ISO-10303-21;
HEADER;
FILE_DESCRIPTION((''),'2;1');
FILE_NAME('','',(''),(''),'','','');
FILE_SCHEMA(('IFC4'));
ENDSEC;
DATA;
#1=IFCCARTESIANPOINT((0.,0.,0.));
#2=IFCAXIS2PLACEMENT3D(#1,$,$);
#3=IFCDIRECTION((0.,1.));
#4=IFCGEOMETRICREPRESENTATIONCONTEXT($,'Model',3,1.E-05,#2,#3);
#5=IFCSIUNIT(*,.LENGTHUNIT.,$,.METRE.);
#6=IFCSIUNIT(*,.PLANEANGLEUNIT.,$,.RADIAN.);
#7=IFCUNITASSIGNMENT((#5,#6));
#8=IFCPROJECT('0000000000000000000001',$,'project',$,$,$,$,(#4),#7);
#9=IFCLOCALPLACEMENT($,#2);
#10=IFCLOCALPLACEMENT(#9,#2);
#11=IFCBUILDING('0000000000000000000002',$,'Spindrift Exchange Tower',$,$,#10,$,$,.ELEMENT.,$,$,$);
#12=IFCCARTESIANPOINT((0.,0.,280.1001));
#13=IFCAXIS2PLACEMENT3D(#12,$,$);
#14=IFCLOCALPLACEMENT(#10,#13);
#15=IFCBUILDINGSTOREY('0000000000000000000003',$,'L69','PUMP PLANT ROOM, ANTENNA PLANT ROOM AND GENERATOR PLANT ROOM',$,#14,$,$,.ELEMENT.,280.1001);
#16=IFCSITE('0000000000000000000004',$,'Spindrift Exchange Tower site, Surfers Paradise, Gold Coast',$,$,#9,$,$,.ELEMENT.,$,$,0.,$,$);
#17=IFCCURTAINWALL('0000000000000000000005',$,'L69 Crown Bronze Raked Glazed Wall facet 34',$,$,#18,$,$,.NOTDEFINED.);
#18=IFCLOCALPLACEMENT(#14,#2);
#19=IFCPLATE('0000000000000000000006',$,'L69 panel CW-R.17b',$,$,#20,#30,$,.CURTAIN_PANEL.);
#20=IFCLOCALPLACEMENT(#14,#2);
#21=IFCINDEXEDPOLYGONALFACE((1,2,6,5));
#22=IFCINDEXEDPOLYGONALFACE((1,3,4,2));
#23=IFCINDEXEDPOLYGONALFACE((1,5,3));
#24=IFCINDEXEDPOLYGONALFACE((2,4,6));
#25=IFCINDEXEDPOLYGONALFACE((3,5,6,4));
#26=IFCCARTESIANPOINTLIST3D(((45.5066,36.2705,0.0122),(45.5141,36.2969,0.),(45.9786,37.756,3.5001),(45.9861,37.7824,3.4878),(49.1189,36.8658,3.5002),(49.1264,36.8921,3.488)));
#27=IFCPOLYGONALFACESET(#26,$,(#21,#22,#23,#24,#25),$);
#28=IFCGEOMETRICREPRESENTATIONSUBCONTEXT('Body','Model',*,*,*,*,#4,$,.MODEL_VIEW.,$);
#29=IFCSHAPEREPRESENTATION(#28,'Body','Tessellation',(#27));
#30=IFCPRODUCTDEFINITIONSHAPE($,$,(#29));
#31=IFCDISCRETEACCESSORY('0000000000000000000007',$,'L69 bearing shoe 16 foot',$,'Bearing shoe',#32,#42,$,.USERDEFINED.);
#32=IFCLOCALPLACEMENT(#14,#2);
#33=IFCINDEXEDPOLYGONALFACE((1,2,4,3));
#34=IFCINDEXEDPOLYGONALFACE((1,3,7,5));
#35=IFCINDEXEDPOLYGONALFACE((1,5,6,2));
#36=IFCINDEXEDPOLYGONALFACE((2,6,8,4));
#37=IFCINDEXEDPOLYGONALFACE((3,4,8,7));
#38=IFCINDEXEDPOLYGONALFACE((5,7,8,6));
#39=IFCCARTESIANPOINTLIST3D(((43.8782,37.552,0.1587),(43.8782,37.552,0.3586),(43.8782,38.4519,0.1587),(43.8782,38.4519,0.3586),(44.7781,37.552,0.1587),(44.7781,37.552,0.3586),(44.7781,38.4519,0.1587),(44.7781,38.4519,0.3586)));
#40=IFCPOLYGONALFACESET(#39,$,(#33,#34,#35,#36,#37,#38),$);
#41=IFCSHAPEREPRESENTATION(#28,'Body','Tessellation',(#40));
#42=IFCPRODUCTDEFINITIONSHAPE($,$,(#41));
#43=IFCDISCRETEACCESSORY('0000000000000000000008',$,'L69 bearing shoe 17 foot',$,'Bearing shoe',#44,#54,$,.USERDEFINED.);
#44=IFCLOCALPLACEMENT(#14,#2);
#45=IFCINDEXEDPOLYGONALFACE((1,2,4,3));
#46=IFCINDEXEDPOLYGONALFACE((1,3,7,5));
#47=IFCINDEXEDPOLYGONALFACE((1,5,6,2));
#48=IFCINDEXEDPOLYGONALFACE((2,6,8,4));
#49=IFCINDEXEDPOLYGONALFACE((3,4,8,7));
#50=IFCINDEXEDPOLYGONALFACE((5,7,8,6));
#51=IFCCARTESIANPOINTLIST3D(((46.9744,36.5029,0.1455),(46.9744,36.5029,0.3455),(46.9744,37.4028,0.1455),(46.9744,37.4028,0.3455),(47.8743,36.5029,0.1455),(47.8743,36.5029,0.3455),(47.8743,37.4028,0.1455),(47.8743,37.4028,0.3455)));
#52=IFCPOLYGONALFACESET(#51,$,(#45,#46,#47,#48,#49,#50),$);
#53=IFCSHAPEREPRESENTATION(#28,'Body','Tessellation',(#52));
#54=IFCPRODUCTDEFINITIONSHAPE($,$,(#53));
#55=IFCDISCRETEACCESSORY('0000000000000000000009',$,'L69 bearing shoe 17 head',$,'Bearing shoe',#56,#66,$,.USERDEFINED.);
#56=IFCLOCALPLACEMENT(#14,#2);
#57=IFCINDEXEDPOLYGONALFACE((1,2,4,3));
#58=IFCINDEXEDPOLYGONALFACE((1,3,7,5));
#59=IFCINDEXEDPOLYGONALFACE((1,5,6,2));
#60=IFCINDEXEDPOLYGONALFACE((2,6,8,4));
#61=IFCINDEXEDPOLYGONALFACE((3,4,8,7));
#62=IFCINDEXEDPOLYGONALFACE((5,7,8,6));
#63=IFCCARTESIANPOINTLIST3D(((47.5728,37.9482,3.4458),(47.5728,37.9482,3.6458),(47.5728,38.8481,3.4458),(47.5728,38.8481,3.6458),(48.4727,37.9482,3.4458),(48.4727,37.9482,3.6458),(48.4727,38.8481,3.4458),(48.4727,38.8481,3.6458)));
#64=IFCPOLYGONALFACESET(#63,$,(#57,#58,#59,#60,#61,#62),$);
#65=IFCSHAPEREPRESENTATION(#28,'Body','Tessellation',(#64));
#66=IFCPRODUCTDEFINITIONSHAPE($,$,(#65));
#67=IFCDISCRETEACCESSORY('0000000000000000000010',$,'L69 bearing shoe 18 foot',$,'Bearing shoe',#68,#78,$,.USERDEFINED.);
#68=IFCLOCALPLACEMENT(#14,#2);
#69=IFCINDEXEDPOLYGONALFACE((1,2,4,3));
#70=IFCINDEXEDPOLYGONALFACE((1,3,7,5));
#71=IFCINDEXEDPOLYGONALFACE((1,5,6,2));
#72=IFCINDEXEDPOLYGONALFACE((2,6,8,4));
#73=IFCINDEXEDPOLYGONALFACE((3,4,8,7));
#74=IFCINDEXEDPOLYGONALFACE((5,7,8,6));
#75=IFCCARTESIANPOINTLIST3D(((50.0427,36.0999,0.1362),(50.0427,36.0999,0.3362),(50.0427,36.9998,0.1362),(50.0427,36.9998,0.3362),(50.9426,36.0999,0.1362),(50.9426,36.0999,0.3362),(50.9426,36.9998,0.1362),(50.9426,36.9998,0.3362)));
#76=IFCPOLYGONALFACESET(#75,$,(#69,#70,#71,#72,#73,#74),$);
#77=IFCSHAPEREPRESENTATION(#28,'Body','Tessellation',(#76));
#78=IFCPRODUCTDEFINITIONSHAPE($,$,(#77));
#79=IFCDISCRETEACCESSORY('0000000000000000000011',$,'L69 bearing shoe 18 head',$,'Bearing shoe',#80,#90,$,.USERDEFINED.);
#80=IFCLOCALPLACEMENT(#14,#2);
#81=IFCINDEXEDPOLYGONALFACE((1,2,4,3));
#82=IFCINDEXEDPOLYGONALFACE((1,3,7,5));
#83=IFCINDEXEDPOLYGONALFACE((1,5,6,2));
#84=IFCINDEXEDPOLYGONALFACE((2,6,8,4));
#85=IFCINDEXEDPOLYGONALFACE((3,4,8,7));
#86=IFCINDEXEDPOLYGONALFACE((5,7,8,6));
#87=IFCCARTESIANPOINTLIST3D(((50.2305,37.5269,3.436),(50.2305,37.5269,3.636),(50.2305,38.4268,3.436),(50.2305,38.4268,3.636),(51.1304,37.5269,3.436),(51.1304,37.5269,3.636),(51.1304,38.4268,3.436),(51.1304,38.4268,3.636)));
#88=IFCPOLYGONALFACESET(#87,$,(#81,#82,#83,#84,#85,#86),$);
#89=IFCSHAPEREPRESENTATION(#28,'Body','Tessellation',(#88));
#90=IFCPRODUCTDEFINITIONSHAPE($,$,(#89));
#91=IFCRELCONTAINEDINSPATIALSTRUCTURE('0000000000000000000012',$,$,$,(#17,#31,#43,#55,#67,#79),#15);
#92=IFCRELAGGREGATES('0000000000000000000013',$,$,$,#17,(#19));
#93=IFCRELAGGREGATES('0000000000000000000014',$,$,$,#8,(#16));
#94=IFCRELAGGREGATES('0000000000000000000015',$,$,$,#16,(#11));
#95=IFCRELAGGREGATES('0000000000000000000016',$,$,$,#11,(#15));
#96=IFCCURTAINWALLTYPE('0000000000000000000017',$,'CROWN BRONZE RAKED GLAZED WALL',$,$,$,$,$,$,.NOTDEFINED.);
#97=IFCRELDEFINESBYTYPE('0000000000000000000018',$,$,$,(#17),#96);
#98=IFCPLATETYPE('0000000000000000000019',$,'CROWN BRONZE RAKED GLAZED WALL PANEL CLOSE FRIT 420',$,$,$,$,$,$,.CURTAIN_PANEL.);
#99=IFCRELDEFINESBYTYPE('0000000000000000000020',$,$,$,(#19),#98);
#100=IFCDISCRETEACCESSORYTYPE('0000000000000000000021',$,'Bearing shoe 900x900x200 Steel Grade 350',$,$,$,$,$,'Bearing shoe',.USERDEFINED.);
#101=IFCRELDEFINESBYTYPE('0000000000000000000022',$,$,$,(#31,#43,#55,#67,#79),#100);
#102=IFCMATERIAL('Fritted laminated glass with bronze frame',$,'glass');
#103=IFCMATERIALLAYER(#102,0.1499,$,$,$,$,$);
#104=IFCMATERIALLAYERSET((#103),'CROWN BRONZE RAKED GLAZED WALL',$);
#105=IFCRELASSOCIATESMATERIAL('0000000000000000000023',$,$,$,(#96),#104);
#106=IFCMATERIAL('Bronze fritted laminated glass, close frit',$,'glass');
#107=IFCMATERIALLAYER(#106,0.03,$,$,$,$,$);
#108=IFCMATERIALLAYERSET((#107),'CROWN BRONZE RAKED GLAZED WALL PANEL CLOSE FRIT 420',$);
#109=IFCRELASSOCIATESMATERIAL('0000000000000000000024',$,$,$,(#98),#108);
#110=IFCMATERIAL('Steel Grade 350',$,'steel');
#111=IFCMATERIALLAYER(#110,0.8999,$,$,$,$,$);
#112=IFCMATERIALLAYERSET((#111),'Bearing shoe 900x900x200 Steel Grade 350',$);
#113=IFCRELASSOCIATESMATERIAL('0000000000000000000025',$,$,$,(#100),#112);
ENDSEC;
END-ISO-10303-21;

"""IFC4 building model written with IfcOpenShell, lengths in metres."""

from ifc_helpers import new_model, si_unit, direction, frame, origin, origin_2d, place, context, subcontext, project, spatial, line, indexed_curve, rectangle, outline, extrude, source, transform, mapped, material, layer, layer_set, type_object, element, aggregate, save


model = new_model("IFC4")

# Units and contexts
model_context = context("Model", 3, precision=1e-05, world=origin(), true_north=direction((0.0, 1.0)))
body_context = subcontext(model_context, "Body", "Model", "MODEL_VIEW")
ifc_project = project(units=[si_unit("LENGTHUNIT", "METRE"), si_unit("PLANEANGLEUNIT", "RADIAN")], contexts=[model_context])

# Site, building, storey
site_placement = place(None, origin())
site = spatial("IfcSite", under=ifc_project, at=site_placement, Name="Spindrift Exchange Tower site, Surfers Paradise, Gold Coast", CompositionType="ELEMENT", RefElevation=0.0)
building_placement = place(site_placement, origin())
building = spatial("IfcBuilding", under=site, at=building_placement, Name="Spindrift Exchange Tower", CompositionType="ELEMENT")
storey_placement = place(building_placement, frame((0.0, 0.0, 280.1001)))
storey = spatial("IfcBuildingStorey", under=building, at=storey_placement, Name="L69", Description="PUMP PLANT ROOM, ANTENNA PLANT ROOM AND GENERATOR PLANT ROOM", CompositionType="ELEMENT", Elevation=280.1001)

# Shared definitions
ifc_material_1 = material(Name="Fritted laminated glass with bronze frame", Category="glass")
ifc_layer_1 = layer(ifc_material_1, 0.1499)
ifc_layer_set_1 = layer_set([ifc_layer_1], Name="CROWN BRONZE RAKED GLAZED WALL")
curtain_wall_type = type_object("IfcCurtainWallType", Name="CROWN BRONZE RAKED GLAZED WALL", PredefinedType="NOTDEFINED", material=ifc_layer_set_1)

# Curtain wall
curtain_wall_1_placement = place(storey_placement, origin())
curtain_wall_1 = element("IfcCurtainWall", 1, at=curtain_wall_1_placement, inside=storey, type_object=curtain_wall_type, Name="L69 Crown Bronze Raked Glazed Wall facet 34", PredefinedType="NOTDEFINED")

# Plate
ifc_material_2 = material(Name="Bronze fritted laminated glass, close frit", Category="glass")
ifc_layer_2 = layer(ifc_material_2, 0.03)
ifc_layer_set_2 = layer_set([ifc_layer_2], Name="CROWN BRONZE RAKED GLAZED WALL PANEL CLOSE FRIT 420")
plate_type = type_object("IfcPlateType", Name="CROWN BRONZE RAKED GLAZED WALL PANEL CLOSE FRIT 420", PredefinedType="CURTAIN_PANEL", material=ifc_layer_set_2)
plate_1_placement = place(storey_placement, frame((45.5066, 36.2705, 0.0122), z_axis=(-0.249058, -0.878428, 0.407841), x_axis=(0.714371, 0.117718, 0.689794)))
plate_1 = element("IfcPlate", 2, at=plate_1_placement, type_object=plate_type, Name="L69 panel CW-R.17b", PredefinedType="CURTAIN_PANEL", context=body_context, shape_type="SweptSolid", body=[
    extrude(outline(indexed_curve([(0.0, 0.0), (5.0566, 0.0), (2.918, 2.4658)], segments=[line(1, 2, 3, 1)], self_intersect=False)), origin(), (0.0, 0.0, -1.0), 0.03),
])
aggregate(curtain_wall_1, [plate_1])

# Discrete accessories
ifc_material_3 = material(Name="Steel Grade 350", Category="steel")
ifc_layer_3 = layer(ifc_material_3, 0.8999)
ifc_layer_set_3 = layer_set([ifc_layer_3], Name="Bearing shoe 900x900x200 Steel Grade 350")
discrete_accessory_type = type_object("IfcDiscreteAccessoryType", Name="Bearing shoe 900x900x200 Steel Grade 350", ElementType="Bearing shoe", PredefinedType="USERDEFINED", material=ifc_layer_set_3)
shared_shape_1 = source(origin(), body_context, "Body", "SweptSolid", [
    extrude(rectangle(XDim=0.8999, YDim=0.8999, at=origin_2d()), origin(), (0.0, 0.0, 1.0), 0.2),
])
for number, where, z_axis, x_axis, name in (
    (3, (44.3281, 38.002, 0.1587), (0.0, 0.0, 1.0), (1.0, 0.0, 0.0), "L69 bearing shoe 16 foot"),
    (4, (47.4243, 36.9529, 0.1455), (0.0, 0.0, 1.0), (1.0, 0.0, 0.0), "L69 bearing shoe 17 foot"),
    (5, (48.0227, 38.3982, 3.4458), (0.0, 0.0, 1.0), (1.0, 0.0, 0.0), "L69 bearing shoe 17 head"),
    (6, (50.4927, 36.5498, 0.1362), (0.0, 0.0, 1.0), (1.0, 0.0, 0.0), "L69 bearing shoe 18 foot"),
    (7, (50.6804, 37.9768, 3.436), (0.0, 0.0, 1.0), (1.0, 0.0, 0.0), "L69 bearing shoe 18 head"),
):
    element("IfcDiscreteAccessory", number, at=place(storey_placement, frame(where, z_axis=z_axis, x_axis=x_axis)), inside=storey, type_object=discrete_accessory_type, Name=name, ObjectType="Bearing shoe", PredefinedType="USERDEFINED", context=body_context, shape_type="MappedRepresentation", body=[
        mapped(shared_shape_1, transform((0.0, 0.0, 0.0), scale=1.0)),
    ])

save(model, "model.ifc")
